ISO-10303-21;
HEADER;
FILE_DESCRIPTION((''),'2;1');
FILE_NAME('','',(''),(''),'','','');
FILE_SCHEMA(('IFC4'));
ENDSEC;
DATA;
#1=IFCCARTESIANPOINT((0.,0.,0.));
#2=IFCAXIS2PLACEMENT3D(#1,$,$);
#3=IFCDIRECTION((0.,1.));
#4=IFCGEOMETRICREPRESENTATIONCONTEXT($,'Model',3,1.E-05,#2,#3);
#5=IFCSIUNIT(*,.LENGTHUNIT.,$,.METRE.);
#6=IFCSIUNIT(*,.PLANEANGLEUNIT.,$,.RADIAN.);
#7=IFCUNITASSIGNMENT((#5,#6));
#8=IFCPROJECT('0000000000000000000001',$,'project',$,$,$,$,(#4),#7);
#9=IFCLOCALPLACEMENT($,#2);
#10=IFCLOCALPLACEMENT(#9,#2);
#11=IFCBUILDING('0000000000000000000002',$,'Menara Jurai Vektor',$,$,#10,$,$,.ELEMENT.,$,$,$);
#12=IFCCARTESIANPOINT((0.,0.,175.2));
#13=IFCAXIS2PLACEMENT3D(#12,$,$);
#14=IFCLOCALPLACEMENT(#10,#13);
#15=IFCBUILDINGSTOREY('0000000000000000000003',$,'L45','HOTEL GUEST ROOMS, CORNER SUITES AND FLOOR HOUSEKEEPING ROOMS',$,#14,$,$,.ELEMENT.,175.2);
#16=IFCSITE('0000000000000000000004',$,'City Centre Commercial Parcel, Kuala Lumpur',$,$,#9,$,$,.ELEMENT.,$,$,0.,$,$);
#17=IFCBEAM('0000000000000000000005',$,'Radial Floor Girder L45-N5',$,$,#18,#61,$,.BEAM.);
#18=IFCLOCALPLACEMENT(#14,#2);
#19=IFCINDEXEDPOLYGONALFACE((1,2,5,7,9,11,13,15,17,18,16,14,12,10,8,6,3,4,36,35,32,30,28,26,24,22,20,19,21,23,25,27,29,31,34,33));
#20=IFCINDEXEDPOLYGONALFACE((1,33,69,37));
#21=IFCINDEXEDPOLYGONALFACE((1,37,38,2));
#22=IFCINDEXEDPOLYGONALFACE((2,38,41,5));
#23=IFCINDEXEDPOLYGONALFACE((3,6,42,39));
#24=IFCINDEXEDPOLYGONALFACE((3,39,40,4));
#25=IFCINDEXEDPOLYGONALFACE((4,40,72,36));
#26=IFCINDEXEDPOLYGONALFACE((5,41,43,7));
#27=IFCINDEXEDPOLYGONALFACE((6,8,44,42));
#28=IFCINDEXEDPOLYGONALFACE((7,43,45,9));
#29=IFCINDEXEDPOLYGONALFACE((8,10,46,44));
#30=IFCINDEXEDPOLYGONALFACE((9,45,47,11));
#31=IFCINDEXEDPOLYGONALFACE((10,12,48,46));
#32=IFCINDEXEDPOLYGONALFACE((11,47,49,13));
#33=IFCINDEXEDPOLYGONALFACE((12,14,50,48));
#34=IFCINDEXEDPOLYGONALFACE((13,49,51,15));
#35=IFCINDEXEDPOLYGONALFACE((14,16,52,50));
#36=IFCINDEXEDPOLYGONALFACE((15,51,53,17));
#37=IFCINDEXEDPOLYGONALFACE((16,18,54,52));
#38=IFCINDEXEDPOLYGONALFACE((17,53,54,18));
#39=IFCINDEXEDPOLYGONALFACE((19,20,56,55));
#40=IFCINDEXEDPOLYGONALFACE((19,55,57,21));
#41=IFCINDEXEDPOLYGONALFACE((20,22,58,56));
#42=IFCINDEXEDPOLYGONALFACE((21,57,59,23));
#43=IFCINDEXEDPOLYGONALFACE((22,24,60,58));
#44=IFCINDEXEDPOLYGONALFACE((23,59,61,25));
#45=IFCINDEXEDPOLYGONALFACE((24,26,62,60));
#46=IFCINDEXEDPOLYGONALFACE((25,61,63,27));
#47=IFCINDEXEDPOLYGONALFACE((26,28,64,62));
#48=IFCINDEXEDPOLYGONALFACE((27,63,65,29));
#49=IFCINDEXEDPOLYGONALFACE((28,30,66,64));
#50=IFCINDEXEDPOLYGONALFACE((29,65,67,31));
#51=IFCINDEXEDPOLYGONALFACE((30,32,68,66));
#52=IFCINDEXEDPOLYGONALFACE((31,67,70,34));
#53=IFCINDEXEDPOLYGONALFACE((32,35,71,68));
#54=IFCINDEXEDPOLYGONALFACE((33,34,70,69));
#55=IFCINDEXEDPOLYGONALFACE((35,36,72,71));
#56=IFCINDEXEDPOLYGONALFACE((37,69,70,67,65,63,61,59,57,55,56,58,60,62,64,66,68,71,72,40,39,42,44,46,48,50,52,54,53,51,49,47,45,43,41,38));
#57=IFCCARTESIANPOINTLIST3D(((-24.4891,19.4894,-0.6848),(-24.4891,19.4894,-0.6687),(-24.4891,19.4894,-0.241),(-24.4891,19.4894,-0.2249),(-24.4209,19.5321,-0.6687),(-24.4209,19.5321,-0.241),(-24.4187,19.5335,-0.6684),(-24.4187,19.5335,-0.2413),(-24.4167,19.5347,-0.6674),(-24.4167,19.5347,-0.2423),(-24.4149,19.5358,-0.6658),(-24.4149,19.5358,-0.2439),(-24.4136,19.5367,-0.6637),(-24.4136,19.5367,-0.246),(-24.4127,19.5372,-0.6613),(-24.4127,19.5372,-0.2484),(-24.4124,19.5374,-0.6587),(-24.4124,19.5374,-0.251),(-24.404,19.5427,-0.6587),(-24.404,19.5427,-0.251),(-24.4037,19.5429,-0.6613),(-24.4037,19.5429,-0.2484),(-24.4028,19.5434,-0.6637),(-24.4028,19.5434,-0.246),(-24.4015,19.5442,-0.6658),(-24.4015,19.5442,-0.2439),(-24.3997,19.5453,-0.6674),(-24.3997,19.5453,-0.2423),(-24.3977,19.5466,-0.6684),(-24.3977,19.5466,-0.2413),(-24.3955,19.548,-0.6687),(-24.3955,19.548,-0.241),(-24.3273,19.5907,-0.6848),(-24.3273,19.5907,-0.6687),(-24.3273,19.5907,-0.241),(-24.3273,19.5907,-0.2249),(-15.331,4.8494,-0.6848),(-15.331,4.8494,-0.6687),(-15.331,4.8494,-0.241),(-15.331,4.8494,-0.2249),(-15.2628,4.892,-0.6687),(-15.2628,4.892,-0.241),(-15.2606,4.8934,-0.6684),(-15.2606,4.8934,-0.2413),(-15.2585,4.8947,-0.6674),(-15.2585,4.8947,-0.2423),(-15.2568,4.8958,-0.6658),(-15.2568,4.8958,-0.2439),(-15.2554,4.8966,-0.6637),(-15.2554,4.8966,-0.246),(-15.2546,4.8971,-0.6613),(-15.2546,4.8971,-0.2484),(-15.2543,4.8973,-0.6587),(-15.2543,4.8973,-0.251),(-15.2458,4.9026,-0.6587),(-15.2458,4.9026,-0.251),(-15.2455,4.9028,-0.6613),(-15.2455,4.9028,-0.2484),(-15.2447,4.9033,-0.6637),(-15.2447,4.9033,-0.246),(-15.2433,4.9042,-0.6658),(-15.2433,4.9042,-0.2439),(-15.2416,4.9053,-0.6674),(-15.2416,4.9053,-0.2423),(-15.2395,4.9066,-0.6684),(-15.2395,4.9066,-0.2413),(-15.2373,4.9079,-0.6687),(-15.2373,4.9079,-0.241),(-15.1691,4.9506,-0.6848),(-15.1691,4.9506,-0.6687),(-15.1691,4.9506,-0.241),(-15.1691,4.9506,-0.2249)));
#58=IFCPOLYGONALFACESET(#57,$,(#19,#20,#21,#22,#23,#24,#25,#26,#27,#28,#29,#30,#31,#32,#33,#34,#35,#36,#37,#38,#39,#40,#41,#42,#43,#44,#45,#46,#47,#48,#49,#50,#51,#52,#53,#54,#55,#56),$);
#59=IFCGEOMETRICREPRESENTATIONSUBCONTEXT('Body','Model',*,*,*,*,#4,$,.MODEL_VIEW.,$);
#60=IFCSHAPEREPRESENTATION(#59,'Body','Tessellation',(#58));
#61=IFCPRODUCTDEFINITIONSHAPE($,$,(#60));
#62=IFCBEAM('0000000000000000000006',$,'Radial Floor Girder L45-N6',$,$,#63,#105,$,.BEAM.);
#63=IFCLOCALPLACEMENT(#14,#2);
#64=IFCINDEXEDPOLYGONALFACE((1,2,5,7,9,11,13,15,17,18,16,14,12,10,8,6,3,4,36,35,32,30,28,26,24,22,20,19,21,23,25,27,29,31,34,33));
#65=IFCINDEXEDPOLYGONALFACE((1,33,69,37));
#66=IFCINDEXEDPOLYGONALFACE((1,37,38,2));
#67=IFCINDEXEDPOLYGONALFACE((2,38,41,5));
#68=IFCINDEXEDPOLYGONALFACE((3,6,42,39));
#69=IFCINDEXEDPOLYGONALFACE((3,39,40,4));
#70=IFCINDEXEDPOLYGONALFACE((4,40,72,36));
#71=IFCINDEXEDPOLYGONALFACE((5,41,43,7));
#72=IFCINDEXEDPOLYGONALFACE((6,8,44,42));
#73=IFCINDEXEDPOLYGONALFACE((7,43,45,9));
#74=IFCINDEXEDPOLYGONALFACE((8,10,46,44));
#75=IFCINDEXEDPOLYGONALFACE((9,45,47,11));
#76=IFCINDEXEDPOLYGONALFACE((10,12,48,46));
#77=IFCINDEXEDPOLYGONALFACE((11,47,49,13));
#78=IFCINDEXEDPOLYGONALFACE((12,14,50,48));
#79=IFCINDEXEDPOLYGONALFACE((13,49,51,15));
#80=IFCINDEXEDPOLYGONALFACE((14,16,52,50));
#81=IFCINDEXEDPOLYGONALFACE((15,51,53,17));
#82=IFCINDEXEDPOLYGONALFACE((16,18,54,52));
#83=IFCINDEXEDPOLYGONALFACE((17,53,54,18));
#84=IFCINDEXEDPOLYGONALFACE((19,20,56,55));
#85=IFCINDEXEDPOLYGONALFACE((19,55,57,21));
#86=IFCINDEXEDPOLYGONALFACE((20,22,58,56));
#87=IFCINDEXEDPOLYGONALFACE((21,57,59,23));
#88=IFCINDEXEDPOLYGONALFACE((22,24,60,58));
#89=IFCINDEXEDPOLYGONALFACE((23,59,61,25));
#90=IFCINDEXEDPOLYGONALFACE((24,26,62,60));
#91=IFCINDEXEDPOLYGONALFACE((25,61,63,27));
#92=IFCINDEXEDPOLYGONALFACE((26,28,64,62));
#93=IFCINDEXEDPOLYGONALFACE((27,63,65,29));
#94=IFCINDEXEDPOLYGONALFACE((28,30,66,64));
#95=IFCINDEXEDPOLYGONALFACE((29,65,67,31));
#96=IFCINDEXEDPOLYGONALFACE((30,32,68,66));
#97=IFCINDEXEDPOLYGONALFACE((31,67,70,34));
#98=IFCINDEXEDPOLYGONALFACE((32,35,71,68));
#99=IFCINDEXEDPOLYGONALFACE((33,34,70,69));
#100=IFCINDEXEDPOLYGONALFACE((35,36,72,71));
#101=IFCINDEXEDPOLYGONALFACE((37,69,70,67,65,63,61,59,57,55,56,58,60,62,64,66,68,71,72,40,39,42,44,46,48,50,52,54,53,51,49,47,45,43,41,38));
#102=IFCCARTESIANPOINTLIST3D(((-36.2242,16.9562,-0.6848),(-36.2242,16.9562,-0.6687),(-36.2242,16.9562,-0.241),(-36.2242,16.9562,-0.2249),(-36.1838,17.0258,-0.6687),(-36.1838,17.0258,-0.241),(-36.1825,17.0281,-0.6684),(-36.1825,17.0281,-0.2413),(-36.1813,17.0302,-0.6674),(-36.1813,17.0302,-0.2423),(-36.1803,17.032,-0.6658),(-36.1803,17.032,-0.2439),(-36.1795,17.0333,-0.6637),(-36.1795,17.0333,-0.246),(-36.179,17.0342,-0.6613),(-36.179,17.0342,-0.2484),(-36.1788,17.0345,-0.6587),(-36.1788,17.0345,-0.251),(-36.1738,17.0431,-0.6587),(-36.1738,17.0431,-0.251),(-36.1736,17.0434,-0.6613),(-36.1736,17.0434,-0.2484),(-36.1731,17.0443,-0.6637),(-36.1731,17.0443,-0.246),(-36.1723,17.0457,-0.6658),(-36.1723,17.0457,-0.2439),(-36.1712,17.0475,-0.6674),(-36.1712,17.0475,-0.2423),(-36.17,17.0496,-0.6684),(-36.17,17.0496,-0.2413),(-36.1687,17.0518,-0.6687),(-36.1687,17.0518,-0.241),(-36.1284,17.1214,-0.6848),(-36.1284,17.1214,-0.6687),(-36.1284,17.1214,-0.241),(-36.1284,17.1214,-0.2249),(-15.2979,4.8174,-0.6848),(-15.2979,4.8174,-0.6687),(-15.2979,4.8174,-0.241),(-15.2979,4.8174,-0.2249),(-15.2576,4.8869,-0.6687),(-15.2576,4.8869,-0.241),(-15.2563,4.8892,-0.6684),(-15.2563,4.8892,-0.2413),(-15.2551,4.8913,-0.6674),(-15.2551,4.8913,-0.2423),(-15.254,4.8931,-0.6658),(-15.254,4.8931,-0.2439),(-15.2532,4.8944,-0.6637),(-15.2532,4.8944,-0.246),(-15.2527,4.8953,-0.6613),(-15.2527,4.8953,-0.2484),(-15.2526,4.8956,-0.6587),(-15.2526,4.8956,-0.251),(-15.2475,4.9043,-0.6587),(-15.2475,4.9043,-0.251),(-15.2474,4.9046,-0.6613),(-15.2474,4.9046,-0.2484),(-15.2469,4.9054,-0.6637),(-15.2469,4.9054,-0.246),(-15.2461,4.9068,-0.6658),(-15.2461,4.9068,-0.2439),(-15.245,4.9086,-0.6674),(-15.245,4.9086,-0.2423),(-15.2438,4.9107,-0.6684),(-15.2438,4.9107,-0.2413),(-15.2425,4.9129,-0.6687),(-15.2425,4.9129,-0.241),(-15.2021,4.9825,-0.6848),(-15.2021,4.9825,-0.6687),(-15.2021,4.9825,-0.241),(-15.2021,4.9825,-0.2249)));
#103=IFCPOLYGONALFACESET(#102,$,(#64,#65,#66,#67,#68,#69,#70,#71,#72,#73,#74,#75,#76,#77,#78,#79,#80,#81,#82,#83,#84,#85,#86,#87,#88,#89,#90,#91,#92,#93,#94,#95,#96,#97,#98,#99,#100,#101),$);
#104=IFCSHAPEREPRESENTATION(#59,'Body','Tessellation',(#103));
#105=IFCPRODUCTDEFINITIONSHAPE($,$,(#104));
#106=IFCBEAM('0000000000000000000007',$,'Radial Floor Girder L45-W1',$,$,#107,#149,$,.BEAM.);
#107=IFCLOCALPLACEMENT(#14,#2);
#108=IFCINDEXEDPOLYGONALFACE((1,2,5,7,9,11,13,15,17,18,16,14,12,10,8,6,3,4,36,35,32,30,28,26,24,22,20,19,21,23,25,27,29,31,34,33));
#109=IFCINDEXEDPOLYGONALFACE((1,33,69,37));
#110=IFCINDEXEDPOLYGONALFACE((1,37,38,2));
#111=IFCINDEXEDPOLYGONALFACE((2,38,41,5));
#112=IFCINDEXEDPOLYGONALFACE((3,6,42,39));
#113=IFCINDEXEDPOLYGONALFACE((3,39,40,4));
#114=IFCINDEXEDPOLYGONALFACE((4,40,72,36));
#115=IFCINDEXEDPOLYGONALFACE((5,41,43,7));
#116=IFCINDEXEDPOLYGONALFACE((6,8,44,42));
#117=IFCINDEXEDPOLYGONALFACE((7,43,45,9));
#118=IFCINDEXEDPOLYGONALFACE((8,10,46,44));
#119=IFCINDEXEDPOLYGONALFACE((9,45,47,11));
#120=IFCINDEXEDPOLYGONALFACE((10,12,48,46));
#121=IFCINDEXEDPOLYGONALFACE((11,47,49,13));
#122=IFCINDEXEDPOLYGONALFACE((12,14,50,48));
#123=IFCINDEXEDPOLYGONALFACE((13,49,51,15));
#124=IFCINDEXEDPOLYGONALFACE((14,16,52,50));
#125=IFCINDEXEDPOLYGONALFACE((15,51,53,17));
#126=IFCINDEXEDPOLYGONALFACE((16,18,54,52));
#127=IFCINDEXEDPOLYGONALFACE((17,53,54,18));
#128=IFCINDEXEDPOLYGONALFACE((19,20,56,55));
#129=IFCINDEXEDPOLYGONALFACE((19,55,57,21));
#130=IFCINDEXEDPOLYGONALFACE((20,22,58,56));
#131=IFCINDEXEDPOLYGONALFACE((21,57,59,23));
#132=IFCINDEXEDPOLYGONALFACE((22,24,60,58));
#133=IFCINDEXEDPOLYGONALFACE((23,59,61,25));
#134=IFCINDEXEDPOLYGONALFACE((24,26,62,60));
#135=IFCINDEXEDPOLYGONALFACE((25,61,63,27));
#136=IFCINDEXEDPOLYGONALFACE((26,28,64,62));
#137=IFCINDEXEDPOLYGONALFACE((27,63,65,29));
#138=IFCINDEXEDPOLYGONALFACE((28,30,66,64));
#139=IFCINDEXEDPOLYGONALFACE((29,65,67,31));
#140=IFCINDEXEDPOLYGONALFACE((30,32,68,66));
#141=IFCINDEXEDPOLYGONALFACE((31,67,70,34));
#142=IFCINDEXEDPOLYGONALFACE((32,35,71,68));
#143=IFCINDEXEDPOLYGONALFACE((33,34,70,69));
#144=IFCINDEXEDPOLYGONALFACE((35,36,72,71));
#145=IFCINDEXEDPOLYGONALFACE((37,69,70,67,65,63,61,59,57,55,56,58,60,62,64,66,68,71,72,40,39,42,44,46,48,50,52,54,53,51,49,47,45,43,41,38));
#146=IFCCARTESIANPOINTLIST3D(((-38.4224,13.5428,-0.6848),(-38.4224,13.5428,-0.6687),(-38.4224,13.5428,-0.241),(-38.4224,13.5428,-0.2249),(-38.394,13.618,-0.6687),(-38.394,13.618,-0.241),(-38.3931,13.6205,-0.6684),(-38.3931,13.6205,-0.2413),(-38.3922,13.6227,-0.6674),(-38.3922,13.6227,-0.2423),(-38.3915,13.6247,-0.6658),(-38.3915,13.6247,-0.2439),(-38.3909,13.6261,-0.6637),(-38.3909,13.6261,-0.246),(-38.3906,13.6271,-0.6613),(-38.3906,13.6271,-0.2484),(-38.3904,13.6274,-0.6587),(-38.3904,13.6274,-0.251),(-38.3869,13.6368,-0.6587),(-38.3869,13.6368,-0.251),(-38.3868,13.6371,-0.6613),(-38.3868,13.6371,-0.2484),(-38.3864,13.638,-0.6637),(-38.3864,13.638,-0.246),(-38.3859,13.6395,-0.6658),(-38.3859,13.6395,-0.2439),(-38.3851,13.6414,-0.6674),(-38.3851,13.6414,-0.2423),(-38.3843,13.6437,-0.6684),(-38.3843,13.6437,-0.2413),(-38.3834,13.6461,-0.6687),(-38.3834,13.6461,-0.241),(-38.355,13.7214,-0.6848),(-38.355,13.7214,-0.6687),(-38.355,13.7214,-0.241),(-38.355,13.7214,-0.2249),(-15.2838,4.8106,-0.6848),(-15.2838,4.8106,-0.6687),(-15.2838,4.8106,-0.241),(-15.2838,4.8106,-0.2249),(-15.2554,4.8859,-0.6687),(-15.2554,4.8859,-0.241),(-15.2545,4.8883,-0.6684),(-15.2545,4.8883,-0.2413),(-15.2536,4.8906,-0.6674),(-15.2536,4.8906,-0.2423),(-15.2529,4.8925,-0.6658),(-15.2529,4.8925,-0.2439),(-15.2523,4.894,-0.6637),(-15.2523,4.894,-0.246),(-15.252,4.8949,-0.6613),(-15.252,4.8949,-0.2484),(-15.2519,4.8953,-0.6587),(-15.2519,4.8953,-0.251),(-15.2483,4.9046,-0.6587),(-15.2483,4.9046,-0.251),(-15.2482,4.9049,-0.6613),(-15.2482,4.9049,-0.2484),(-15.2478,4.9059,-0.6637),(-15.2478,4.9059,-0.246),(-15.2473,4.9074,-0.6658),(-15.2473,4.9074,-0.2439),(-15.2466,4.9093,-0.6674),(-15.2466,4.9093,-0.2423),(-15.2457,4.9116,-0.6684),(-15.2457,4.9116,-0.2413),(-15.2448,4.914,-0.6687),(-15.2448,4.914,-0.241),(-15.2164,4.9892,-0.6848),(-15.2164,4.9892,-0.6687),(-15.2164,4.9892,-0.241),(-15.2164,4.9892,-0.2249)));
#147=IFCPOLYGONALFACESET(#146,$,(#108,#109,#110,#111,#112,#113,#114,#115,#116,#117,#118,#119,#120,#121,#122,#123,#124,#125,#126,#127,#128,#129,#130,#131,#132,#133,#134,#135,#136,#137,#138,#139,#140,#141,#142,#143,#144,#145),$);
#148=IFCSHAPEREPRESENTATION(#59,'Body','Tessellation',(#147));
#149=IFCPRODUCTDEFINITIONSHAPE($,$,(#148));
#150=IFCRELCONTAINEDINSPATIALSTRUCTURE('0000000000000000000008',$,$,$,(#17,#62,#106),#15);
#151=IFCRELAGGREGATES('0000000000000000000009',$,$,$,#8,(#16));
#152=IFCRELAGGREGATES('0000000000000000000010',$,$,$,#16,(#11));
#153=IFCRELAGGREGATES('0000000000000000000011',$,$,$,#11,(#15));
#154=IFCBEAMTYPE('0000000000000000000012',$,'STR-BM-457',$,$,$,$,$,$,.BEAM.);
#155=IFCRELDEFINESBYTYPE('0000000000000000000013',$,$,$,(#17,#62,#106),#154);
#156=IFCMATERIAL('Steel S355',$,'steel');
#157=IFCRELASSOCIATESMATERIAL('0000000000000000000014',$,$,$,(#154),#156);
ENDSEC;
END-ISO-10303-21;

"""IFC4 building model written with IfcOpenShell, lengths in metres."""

from ifc_helpers import new_model, si_unit, direction, frame, origin, origin_2d, place, context, subcontext, project, spatial, i_section, extrude, material, material_profile, profile_set, type_object, element, save


model = new_model("IFC4")

# Units and contexts
model_context = context("Model", 3, precision=1e-05, world=origin(), true_north=direction((0.0, 1.0)))
body_context = subcontext(model_context, "Body", "Model", "MODEL_VIEW")
ifc_project = project(units=[si_unit("LENGTHUNIT", "METRE"), si_unit("PLANEANGLEUNIT", "RADIAN")], contexts=[model_context])

# Site, building, storey
site_placement = place(None, origin())
site = spatial("IfcSite", under=ifc_project, at=site_placement, Name="City Centre Commercial Parcel, Kuala Lumpur", CompositionType="ELEMENT", RefElevation=0.0)
building_placement = place(site_placement, origin())
building = spatial("IfcBuilding", under=site, at=building_placement, Name="Menara Jurai Vektor", CompositionType="ELEMENT")
storey_placement = place(building_placement, frame((0.0, 0.0, 175.2)))
storey = spatial("IfcBuildingStorey", under=building, at=storey_placement, Name="L45", Description="HOTEL GUEST ROOMS, CORNER SUITES AND FLOOR HOUSEKEEPING ROOMS", CompositionType="ELEMENT", Elevation=175.2)

# Beams
ifc_material_1 = material(Name="Steel S355", Category="steel")
ifc_material_profile_1 = material_profile(ifc_material_1, i_section(OverallWidth=0.1909, OverallDepth=0.46, WebThickness=0.01, FlangeThickness=0.0161, FilletRadius=0.01, at=origin_2d()), Name="UKB 457x191x82")
ifc_profile_set_1 = profile_set([ifc_material_profile_1], Name="Steel S355")
beam_type_1 = type_object("IfcBeamType", Name="STR-BM-457", PredefinedType="BEAM", material=ifc_profile_set_1)
beam_1_placement = place(storey_placement, frame((-24.4082, 19.54, -0.4548), z_axis=(0.530337, -0.847787, 0.0), x_axis=(0.847787, 0.530337, 0.0)))
element("IfcBeam", 1, at=beam_1_placement, inside=storey, type_object=beam_type_1, Name="Radial Floor Girder L45-N5", PredefinedType="BEAM", context=body_context, shape_type="SweptSolid", body=[
    extrude(i_section(OverallWidth=0.1909, OverallDepth=0.46, WebThickness=0.01, FlangeThickness=0.0161, FilletRadius=0.01, at=origin_2d()), origin(), (0.0, 0.0, 1.0), 17.2686),
])
beam_2_placement = place(storey_placement, frame((-36.1763, 17.0388, -0.4548), z_axis=(0.865001, -0.50177, 0.0), x_axis=(0.50177, 0.865001, 0.0)))
element("IfcBeam", 2, at=beam_2_placement, inside=storey, type_object=beam_type_1, Name="Radial Floor Girder L45-N6", PredefinedType="BEAM", context=body_context, shape_type="SweptSolid", body=[
    extrude(i_section(OverallWidth=0.1909, OverallDepth=0.46, WebThickness=0.01, FlangeThickness=0.0161, FilletRadius=0.01, at=origin_2d()), origin(), (0.0, 0.0, 1.0), 24.1921),
])
beam_3_placement = place(storey_placement, frame((-38.3887, 13.6321, -0.4548), z_axis=(0.935594, -0.353079, 0.0), x_axis=(0.353079, 0.935594, 0.0)))
element("IfcBeam", 3, at=beam_3_placement, inside=storey, type_object=beam_type_1, Name="Radial Floor Girder L45-W1", PredefinedType="BEAM", context=body_context, shape_type="SweptSolid", body=[
    extrude(i_section(OverallWidth=0.1909, OverallDepth=0.46, WebThickness=0.01, FlangeThickness=0.0161, FilletRadius=0.01, at=origin_2d()), origin(), (0.0, 0.0, 1.0), 24.7314),
])

save(model, "model.ifc")
